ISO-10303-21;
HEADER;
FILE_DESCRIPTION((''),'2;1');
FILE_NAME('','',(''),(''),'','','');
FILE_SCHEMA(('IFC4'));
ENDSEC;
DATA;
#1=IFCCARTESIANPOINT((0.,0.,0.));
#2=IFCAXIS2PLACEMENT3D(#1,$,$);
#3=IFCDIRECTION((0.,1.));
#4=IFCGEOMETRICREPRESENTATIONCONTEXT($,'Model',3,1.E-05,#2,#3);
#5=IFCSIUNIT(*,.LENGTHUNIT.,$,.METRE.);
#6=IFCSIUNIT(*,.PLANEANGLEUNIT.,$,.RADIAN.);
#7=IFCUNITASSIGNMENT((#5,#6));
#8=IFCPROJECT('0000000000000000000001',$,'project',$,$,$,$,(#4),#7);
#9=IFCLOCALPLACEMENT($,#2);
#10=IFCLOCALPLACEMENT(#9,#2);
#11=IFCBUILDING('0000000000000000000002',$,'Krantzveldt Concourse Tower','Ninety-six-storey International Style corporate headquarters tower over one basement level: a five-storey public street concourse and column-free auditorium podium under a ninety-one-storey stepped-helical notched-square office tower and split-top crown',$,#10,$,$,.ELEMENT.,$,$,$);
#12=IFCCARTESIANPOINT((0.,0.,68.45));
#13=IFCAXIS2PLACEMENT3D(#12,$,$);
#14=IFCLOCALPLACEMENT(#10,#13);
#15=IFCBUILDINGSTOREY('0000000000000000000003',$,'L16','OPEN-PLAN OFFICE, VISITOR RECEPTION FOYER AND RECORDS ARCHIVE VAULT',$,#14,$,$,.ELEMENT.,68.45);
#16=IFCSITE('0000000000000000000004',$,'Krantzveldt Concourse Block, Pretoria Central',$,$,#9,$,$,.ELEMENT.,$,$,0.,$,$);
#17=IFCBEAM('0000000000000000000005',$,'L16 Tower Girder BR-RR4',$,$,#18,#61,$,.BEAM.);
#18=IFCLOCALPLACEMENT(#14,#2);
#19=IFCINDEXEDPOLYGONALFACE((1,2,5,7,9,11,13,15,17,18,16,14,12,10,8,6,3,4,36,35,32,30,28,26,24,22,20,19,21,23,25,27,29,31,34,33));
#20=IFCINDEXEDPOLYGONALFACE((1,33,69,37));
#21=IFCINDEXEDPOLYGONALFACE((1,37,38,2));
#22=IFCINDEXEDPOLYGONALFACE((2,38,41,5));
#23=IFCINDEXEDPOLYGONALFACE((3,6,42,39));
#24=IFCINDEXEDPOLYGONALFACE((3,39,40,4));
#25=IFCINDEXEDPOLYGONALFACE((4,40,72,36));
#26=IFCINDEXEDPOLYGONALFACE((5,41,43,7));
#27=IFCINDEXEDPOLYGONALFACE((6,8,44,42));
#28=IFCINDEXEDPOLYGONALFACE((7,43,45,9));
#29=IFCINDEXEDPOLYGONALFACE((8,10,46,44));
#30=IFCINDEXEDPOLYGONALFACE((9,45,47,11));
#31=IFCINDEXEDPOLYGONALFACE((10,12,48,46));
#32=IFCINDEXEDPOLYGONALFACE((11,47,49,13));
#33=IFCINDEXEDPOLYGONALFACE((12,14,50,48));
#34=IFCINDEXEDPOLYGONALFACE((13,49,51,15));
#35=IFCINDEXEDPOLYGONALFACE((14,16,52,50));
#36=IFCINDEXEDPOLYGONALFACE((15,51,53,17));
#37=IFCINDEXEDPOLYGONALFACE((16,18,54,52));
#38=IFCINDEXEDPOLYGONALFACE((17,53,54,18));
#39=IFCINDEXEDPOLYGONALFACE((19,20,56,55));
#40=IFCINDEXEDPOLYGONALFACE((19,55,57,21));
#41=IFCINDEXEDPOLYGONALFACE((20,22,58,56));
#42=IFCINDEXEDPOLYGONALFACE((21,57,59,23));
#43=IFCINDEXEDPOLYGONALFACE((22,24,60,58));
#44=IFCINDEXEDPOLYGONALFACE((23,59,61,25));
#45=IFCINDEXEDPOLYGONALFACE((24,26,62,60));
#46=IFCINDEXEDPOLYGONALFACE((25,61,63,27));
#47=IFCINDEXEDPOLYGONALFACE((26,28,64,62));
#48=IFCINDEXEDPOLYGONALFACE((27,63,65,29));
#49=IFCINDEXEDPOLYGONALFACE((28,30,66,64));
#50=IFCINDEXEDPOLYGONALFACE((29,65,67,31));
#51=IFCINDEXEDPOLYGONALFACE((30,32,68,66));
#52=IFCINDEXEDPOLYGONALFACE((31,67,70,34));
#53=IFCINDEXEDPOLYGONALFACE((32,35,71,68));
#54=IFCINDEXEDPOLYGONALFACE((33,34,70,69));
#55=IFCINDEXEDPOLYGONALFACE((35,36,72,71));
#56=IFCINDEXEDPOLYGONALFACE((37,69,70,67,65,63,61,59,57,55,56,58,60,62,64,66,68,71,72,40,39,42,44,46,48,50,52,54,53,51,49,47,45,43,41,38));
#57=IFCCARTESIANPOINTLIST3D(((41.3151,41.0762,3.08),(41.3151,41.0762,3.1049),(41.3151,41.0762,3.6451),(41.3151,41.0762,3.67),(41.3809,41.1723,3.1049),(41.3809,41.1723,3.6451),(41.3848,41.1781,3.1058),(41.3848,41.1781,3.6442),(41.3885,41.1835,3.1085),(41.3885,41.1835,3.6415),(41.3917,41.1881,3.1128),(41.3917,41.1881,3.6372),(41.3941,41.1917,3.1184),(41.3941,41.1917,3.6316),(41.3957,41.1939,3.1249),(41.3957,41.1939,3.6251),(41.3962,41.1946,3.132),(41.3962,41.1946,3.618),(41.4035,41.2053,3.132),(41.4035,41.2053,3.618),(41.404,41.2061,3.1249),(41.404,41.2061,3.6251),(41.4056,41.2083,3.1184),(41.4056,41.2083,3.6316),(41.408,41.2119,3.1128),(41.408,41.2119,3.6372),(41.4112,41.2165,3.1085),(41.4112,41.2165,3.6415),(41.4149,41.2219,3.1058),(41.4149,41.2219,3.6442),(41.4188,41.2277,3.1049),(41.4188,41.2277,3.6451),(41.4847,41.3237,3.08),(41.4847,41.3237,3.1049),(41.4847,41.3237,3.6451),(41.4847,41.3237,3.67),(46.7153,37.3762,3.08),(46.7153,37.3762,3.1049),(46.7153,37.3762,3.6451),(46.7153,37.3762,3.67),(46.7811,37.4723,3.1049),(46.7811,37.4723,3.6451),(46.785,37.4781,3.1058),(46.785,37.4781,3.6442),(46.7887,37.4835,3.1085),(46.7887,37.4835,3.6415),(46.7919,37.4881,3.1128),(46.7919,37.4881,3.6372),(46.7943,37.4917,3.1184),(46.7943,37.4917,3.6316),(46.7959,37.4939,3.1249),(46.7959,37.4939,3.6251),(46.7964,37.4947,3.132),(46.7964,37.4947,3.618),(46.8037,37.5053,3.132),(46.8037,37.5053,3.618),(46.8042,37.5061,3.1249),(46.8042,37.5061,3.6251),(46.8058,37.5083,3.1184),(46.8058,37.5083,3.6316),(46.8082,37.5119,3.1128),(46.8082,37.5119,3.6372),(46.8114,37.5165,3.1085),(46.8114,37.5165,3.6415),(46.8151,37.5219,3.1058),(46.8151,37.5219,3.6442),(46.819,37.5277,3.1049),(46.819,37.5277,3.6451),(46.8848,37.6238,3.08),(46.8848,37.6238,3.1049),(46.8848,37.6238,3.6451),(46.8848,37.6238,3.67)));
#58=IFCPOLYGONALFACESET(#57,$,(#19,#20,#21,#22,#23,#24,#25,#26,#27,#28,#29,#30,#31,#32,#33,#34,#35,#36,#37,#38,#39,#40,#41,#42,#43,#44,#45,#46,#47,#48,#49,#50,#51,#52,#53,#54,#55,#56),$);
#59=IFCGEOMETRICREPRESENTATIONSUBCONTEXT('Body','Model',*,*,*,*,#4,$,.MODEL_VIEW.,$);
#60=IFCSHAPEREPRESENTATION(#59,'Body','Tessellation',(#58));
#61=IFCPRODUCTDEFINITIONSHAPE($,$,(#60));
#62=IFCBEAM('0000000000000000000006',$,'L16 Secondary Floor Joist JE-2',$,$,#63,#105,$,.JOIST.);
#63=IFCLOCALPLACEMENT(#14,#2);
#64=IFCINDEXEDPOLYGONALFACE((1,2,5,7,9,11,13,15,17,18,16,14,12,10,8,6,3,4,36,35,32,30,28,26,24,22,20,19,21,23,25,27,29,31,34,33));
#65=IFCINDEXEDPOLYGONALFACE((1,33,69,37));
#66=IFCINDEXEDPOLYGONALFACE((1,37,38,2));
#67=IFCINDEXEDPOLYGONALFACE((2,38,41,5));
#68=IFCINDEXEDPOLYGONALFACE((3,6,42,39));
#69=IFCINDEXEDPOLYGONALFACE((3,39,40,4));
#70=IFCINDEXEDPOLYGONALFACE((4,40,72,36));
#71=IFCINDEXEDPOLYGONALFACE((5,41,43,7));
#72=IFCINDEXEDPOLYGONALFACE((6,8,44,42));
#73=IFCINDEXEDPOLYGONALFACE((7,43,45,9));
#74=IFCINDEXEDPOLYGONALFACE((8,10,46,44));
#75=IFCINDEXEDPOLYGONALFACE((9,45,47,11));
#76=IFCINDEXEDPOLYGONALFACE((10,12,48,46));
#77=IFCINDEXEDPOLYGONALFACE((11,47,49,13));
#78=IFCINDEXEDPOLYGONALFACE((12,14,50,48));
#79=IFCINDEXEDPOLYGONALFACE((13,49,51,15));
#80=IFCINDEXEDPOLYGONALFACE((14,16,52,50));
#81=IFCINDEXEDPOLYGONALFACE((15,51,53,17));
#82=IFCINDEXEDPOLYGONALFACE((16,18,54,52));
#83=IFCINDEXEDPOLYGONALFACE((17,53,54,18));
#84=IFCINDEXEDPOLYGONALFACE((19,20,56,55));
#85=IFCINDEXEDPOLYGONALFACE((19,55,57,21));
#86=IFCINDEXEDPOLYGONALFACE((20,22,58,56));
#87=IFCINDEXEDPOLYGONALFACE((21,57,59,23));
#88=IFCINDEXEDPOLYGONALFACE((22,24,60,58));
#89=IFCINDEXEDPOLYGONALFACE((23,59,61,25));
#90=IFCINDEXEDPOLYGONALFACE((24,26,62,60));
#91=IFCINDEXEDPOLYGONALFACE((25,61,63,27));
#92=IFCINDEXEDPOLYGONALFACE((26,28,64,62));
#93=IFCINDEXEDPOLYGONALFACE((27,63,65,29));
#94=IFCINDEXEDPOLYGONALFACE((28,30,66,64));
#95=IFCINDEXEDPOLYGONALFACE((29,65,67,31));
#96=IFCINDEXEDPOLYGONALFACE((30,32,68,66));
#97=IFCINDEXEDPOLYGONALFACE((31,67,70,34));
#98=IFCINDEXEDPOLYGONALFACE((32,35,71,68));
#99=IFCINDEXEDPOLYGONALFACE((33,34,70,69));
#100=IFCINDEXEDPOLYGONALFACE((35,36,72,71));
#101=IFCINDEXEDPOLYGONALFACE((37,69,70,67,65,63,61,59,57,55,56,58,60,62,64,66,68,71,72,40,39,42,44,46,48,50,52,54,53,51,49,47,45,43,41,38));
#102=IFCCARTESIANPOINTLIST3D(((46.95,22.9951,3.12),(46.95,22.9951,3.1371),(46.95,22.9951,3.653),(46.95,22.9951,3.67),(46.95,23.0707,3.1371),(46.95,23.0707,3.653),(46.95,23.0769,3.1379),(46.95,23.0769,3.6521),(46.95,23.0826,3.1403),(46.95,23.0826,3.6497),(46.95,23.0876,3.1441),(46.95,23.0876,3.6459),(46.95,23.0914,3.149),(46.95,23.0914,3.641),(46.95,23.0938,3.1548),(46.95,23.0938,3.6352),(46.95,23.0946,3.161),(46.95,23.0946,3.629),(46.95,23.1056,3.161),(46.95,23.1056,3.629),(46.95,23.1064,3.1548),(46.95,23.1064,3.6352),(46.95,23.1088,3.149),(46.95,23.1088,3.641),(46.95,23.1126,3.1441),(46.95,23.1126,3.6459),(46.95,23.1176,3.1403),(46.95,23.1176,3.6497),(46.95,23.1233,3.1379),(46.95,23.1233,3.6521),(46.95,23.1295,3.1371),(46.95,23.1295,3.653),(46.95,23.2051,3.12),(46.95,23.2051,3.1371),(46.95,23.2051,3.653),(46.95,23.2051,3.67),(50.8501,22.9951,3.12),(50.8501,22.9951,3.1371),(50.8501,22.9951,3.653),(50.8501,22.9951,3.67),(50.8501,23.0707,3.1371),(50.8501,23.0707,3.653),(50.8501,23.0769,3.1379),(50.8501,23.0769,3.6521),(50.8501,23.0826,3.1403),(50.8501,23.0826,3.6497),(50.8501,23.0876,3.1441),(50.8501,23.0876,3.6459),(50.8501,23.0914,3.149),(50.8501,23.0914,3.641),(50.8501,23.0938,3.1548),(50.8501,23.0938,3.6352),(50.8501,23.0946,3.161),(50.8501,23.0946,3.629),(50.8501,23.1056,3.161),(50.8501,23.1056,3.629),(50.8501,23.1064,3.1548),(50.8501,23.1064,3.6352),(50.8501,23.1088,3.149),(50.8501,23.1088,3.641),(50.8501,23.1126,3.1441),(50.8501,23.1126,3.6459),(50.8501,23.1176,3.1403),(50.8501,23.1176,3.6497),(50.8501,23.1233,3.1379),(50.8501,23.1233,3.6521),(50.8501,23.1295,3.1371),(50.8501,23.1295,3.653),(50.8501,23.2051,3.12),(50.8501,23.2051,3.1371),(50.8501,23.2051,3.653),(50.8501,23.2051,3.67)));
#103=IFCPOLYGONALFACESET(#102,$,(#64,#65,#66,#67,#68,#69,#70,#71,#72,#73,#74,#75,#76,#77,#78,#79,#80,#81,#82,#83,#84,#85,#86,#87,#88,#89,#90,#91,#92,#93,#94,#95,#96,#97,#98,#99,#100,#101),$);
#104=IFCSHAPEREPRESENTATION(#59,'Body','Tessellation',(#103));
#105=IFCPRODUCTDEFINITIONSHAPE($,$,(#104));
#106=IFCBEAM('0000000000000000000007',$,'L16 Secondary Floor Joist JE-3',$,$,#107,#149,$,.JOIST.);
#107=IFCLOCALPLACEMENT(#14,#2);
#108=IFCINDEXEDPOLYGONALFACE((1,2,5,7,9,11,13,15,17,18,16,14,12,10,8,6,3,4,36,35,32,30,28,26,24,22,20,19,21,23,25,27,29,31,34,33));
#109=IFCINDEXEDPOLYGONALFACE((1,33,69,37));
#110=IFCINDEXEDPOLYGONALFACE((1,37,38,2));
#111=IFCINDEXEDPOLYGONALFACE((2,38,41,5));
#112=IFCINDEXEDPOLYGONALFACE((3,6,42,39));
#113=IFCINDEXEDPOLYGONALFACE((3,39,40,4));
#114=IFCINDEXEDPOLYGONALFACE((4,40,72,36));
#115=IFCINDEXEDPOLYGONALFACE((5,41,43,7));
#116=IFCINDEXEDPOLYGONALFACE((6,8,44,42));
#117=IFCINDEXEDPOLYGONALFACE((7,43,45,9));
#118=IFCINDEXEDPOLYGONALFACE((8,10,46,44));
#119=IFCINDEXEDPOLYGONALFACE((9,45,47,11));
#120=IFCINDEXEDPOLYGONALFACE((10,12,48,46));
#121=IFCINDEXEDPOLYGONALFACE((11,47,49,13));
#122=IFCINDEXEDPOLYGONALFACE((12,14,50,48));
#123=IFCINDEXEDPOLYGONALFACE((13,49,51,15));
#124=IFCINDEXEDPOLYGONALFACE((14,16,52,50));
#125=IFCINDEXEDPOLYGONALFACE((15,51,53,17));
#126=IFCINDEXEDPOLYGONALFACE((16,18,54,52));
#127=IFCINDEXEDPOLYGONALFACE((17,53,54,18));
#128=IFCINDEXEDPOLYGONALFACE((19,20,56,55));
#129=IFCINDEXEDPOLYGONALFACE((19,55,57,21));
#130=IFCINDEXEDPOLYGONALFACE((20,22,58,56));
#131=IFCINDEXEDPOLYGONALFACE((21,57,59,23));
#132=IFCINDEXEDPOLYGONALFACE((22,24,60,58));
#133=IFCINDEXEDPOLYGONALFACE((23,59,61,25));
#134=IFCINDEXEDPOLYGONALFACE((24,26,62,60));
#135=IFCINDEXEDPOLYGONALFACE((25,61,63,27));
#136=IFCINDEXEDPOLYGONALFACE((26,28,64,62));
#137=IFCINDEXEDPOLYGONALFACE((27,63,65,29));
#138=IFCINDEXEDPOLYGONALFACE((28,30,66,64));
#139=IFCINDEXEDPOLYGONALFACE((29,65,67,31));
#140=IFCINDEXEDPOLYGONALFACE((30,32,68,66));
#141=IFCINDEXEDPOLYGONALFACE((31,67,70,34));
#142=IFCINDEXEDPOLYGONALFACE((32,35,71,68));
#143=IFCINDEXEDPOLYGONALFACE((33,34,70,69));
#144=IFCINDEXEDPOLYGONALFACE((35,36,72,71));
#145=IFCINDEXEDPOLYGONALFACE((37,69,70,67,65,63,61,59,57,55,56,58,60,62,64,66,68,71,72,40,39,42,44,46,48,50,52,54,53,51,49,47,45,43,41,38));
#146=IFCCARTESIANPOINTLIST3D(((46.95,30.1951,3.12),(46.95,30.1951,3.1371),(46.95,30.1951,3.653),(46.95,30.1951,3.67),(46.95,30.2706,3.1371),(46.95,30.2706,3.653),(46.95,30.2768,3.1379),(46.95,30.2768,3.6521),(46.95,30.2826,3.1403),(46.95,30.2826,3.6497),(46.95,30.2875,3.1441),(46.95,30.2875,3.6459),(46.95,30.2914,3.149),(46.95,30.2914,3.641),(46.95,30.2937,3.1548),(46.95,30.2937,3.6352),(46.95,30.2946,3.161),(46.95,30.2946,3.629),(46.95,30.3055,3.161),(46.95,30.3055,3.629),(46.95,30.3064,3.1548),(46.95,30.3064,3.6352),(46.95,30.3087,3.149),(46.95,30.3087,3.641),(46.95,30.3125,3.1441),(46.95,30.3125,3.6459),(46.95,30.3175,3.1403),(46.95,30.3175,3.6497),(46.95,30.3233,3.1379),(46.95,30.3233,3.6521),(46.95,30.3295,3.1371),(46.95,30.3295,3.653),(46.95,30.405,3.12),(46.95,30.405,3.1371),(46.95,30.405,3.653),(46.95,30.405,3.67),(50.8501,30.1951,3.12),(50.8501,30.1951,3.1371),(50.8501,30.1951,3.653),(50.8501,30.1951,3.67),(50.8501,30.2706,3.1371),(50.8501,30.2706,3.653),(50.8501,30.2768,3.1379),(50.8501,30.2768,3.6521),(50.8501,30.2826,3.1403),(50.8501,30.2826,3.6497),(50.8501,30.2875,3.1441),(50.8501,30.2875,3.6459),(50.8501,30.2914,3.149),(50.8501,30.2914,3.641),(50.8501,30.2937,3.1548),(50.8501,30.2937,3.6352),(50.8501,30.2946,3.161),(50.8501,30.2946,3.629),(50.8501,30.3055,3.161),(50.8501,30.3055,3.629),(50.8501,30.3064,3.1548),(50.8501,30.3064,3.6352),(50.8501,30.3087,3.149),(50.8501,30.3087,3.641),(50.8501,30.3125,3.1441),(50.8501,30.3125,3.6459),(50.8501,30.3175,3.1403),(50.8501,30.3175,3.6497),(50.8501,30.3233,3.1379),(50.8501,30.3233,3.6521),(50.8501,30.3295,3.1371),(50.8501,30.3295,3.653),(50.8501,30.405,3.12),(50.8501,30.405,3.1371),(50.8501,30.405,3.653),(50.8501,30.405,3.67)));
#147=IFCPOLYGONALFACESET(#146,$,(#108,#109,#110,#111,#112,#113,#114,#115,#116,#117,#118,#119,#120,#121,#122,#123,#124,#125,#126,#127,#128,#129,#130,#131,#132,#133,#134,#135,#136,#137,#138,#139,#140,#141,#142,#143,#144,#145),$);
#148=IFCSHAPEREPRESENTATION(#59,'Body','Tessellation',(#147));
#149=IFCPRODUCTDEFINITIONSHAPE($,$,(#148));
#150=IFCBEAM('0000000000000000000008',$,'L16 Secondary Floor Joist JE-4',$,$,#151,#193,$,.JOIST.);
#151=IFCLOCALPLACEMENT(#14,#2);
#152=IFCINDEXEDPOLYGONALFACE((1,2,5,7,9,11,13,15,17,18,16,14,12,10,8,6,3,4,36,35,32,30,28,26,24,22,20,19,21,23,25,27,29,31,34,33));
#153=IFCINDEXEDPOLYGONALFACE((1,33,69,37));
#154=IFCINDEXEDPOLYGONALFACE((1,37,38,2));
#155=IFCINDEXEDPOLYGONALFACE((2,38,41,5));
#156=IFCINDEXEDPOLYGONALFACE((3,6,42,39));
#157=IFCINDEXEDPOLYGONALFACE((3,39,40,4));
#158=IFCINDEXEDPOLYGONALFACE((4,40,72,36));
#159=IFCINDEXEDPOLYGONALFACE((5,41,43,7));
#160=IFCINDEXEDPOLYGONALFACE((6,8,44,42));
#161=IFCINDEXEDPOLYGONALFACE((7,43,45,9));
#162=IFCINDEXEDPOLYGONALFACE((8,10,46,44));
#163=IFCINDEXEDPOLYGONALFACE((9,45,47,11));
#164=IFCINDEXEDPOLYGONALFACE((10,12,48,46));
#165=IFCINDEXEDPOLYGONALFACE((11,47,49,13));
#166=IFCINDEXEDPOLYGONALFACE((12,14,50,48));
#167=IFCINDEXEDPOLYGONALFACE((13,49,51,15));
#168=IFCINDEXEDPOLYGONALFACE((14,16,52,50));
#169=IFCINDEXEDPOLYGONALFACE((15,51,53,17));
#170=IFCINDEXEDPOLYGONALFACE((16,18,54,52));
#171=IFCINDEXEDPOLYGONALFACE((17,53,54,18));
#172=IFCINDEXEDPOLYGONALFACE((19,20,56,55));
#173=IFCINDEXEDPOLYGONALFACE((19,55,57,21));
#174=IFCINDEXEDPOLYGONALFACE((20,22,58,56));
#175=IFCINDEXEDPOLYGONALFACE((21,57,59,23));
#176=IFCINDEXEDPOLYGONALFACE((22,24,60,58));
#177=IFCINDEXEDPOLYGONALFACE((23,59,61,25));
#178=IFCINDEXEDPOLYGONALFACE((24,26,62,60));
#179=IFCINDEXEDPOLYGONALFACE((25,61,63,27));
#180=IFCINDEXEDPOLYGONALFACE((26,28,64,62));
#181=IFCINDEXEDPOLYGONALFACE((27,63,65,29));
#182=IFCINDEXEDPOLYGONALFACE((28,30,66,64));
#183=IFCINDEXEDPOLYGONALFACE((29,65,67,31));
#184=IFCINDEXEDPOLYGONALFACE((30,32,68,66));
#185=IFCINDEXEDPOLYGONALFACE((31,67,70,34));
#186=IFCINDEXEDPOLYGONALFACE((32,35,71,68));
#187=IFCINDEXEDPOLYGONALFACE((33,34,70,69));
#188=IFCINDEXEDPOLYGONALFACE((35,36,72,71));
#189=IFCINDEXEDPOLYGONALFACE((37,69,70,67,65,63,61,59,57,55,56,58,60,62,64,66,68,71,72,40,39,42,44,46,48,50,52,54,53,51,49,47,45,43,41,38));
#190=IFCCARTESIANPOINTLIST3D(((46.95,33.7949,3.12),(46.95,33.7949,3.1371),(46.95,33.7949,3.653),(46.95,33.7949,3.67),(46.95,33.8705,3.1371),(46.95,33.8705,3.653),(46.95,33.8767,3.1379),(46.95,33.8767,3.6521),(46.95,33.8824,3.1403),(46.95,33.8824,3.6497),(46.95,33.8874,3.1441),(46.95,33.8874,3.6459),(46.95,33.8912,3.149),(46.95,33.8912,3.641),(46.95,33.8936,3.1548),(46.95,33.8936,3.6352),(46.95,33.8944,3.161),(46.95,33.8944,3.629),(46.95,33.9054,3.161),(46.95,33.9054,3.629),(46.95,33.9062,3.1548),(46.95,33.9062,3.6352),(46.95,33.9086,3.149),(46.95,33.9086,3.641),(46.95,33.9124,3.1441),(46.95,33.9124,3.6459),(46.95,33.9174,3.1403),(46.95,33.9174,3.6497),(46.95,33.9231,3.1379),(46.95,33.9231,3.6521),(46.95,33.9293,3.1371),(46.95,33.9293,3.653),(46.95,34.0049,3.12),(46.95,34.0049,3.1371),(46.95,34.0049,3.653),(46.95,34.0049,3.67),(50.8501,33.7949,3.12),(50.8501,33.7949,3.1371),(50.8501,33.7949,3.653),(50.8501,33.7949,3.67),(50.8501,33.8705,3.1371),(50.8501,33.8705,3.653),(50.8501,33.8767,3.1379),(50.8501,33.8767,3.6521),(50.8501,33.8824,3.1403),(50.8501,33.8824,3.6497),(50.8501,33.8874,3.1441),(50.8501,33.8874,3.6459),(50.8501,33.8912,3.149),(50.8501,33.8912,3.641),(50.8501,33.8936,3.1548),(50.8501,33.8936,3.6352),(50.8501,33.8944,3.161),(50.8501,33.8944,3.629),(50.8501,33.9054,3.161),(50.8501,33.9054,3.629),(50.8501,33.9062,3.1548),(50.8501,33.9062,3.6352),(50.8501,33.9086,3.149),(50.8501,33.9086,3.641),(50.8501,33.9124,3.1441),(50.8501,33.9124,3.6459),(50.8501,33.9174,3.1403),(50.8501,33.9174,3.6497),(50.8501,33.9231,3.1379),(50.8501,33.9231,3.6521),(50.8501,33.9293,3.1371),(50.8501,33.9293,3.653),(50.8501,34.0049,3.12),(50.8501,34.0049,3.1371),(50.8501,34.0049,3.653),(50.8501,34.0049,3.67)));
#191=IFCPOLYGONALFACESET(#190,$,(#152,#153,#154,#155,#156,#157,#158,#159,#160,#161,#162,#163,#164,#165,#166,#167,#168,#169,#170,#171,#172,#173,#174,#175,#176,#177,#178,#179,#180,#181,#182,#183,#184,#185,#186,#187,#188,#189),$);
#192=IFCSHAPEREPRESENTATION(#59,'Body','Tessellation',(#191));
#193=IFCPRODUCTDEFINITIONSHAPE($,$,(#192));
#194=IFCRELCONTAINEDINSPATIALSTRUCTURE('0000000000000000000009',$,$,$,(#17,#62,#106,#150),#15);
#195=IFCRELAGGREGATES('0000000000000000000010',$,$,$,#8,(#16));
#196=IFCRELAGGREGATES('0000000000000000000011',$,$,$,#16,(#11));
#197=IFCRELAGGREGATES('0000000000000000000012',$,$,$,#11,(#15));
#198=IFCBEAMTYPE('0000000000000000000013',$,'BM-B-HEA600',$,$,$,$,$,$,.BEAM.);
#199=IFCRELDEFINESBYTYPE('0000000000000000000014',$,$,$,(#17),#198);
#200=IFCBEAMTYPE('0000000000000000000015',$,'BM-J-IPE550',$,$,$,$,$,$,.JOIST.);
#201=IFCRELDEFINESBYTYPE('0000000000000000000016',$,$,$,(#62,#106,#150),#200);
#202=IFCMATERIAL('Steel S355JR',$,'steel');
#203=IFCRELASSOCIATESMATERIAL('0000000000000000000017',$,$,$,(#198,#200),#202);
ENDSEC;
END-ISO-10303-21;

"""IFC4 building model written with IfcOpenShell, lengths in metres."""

from ifc_helpers import new_model, si_unit, direction, frame, origin, origin_2d, place, context, subcontext, project, spatial, i_section, extrude, source, transform, mapped, material, material_profile, profile_set, type_object, type_shapes, element, save


model = new_model("IFC4")

# Units and contexts
model_context = context("Model", 3, precision=1e-05, world=origin(), true_north=direction((0.0, 1.0)))
body_context = subcontext(model_context, "Body", "Model", "MODEL_VIEW")
ifc_project = project(units=[si_unit("LENGTHUNIT", "METRE"), si_unit("PLANEANGLEUNIT", "RADIAN")], contexts=[model_context])

# Site, building, storey
site_placement = place(None, origin())
site = spatial("IfcSite", under=ifc_project, at=site_placement, Name="Krantzveldt Concourse Block, Pretoria Central", CompositionType="ELEMENT", RefElevation=0.0)
building_placement = place(site_placement, origin())
building = spatial("IfcBuilding", under=site, at=building_placement, Name="Krantzveldt Concourse Tower", Description="Ninety-six-storey International Style corporate headquarters tower over one basement level: a five-storey public street concourse and column-free auditorium podium under a ninety-one-storey stepped-helical notched-square office tower and split-top crown", CompositionType="ELEMENT")
storey_placement = place(building_placement, frame((0.0, 0.0, 68.45)))
storey = spatial("IfcBuildingStorey", under=building, at=storey_placement, Name="L16", Description="OPEN-PLAN OFFICE, VISITOR RECEPTION FOYER AND RECORDS ARCHIVE VAULT", CompositionType="ELEMENT", Elevation=68.45)

# Beams
ifc_material_1 = material(Name="Steel S355JR", Category="steel")
ifc_material_profile_1 = material_profile(ifc_material_1, i_section(OverallWidth=0.3, OverallDepth=0.5901, WebThickness=0.0129, FlangeThickness=0.0249, FilletRadius=0.0271, at=origin_2d()), Name="Steel S355JR", Category="steel")
ifc_profile_set_1 = profile_set([ifc_material_profile_1], Name="Steel S355JR - HEA 600")
beam_type_1 = type_object("IfcBeamType", Name="BM-B-HEA600", PredefinedType="BEAM", material=ifc_profile_set_1)
shared_shape_1 = source(origin(), body_context, "Body", "SweptSolid", [
    extrude(i_section(OverallWidth=0.3, OverallDepth=0.5901, WebThickness=0.0129, FlangeThickness=0.0249, FilletRadius=0.0271, at=origin_2d()), origin(), (0.0, 0.0, 1.0), 6.5461),
])
beam_1_placement = place(storey_placement, frame((46.8, 37.5, 3.375), z_axis=(-0.824943, 0.565216, 0.0), x_axis=(-0.565216, -0.824943, 0.0)))
element("IfcBeam", 1, at=beam_1_placement, inside=storey, type_object=beam_type_1, Name="L16 Tower Girder BR-RR4", PredefinedType="BEAM", context=body_context, shape_type="MappedRepresentation", body=[
    mapped(shared_shape_1, transform((0.0, 0.0, 0.0), x_axis=(1.0, 0.0, 0.0), y_axis=(0.0, 1.0, 0.0), z_axis=(0.0, 0.0, 1.0), scale=1.0)),
])
ifc_material_profile_2 = material_profile(ifc_material_1, i_section(OverallWidth=0.21, OverallDepth=0.55, WebThickness=0.011, FlangeThickness=0.0171, FilletRadius=0.0239, at=origin_2d()), Name="Steel S355JR", Category="steel")
ifc_profile_set_2 = profile_set([ifc_material_profile_2], Name="Steel S355JR - IPE 550")
beam_type_2 = type_object("IfcBeamType", Name="BM-J-IPE550", PredefinedType="JOIST", material=ifc_profile_set_2)
shared_shape_2 = source(origin(), body_context, "Body", "SweptSolid", [
    extrude(i_section(OverallWidth=0.21, OverallDepth=0.55, WebThickness=0.011, FlangeThickness=0.0171, FilletRadius=0.0239, at=origin_2d()), origin(), (0.0, 0.0, 1.0), 3.9001),
])
type_shapes(beam_type_2, [shared_shape_2])
for number, where, z_axis, x_axis, name in (
    (2, (46.95, 23.1001, 3.395), (1.0, 0.0, 0.0), (0.0, 1.0, 0.0), "L16 Secondary Floor Joist JE-2"),
    (3, (46.95, 30.3, 3.395), (1.0, 0.0, 0.0), (0.0, 1.0, 0.0), "L16 Secondary Floor Joist JE-3"),
    (4, (46.95, 33.8999, 3.395), (1.0, 0.0, 0.0), (0.0, 1.0, 0.0), "L16 Secondary Floor Joist JE-4"),
):
    element("IfcBeam", number, at=place(storey_placement, frame(where, z_axis=z_axis, x_axis=x_axis)), inside=storey, type_object=beam_type_2, Name=name, PredefinedType="JOIST", context=body_context, shape_type="MappedRepresentation", body=[
        mapped(shared_shape_2, transform((0.0, 0.0, 0.0), x_axis=(1.0, 0.0, 0.0), y_axis=(0.0, 1.0, 0.0), z_axis=(0.0, 0.0, 1.0), scale=1.0)),
    ])

save(model, "model.ifc")
